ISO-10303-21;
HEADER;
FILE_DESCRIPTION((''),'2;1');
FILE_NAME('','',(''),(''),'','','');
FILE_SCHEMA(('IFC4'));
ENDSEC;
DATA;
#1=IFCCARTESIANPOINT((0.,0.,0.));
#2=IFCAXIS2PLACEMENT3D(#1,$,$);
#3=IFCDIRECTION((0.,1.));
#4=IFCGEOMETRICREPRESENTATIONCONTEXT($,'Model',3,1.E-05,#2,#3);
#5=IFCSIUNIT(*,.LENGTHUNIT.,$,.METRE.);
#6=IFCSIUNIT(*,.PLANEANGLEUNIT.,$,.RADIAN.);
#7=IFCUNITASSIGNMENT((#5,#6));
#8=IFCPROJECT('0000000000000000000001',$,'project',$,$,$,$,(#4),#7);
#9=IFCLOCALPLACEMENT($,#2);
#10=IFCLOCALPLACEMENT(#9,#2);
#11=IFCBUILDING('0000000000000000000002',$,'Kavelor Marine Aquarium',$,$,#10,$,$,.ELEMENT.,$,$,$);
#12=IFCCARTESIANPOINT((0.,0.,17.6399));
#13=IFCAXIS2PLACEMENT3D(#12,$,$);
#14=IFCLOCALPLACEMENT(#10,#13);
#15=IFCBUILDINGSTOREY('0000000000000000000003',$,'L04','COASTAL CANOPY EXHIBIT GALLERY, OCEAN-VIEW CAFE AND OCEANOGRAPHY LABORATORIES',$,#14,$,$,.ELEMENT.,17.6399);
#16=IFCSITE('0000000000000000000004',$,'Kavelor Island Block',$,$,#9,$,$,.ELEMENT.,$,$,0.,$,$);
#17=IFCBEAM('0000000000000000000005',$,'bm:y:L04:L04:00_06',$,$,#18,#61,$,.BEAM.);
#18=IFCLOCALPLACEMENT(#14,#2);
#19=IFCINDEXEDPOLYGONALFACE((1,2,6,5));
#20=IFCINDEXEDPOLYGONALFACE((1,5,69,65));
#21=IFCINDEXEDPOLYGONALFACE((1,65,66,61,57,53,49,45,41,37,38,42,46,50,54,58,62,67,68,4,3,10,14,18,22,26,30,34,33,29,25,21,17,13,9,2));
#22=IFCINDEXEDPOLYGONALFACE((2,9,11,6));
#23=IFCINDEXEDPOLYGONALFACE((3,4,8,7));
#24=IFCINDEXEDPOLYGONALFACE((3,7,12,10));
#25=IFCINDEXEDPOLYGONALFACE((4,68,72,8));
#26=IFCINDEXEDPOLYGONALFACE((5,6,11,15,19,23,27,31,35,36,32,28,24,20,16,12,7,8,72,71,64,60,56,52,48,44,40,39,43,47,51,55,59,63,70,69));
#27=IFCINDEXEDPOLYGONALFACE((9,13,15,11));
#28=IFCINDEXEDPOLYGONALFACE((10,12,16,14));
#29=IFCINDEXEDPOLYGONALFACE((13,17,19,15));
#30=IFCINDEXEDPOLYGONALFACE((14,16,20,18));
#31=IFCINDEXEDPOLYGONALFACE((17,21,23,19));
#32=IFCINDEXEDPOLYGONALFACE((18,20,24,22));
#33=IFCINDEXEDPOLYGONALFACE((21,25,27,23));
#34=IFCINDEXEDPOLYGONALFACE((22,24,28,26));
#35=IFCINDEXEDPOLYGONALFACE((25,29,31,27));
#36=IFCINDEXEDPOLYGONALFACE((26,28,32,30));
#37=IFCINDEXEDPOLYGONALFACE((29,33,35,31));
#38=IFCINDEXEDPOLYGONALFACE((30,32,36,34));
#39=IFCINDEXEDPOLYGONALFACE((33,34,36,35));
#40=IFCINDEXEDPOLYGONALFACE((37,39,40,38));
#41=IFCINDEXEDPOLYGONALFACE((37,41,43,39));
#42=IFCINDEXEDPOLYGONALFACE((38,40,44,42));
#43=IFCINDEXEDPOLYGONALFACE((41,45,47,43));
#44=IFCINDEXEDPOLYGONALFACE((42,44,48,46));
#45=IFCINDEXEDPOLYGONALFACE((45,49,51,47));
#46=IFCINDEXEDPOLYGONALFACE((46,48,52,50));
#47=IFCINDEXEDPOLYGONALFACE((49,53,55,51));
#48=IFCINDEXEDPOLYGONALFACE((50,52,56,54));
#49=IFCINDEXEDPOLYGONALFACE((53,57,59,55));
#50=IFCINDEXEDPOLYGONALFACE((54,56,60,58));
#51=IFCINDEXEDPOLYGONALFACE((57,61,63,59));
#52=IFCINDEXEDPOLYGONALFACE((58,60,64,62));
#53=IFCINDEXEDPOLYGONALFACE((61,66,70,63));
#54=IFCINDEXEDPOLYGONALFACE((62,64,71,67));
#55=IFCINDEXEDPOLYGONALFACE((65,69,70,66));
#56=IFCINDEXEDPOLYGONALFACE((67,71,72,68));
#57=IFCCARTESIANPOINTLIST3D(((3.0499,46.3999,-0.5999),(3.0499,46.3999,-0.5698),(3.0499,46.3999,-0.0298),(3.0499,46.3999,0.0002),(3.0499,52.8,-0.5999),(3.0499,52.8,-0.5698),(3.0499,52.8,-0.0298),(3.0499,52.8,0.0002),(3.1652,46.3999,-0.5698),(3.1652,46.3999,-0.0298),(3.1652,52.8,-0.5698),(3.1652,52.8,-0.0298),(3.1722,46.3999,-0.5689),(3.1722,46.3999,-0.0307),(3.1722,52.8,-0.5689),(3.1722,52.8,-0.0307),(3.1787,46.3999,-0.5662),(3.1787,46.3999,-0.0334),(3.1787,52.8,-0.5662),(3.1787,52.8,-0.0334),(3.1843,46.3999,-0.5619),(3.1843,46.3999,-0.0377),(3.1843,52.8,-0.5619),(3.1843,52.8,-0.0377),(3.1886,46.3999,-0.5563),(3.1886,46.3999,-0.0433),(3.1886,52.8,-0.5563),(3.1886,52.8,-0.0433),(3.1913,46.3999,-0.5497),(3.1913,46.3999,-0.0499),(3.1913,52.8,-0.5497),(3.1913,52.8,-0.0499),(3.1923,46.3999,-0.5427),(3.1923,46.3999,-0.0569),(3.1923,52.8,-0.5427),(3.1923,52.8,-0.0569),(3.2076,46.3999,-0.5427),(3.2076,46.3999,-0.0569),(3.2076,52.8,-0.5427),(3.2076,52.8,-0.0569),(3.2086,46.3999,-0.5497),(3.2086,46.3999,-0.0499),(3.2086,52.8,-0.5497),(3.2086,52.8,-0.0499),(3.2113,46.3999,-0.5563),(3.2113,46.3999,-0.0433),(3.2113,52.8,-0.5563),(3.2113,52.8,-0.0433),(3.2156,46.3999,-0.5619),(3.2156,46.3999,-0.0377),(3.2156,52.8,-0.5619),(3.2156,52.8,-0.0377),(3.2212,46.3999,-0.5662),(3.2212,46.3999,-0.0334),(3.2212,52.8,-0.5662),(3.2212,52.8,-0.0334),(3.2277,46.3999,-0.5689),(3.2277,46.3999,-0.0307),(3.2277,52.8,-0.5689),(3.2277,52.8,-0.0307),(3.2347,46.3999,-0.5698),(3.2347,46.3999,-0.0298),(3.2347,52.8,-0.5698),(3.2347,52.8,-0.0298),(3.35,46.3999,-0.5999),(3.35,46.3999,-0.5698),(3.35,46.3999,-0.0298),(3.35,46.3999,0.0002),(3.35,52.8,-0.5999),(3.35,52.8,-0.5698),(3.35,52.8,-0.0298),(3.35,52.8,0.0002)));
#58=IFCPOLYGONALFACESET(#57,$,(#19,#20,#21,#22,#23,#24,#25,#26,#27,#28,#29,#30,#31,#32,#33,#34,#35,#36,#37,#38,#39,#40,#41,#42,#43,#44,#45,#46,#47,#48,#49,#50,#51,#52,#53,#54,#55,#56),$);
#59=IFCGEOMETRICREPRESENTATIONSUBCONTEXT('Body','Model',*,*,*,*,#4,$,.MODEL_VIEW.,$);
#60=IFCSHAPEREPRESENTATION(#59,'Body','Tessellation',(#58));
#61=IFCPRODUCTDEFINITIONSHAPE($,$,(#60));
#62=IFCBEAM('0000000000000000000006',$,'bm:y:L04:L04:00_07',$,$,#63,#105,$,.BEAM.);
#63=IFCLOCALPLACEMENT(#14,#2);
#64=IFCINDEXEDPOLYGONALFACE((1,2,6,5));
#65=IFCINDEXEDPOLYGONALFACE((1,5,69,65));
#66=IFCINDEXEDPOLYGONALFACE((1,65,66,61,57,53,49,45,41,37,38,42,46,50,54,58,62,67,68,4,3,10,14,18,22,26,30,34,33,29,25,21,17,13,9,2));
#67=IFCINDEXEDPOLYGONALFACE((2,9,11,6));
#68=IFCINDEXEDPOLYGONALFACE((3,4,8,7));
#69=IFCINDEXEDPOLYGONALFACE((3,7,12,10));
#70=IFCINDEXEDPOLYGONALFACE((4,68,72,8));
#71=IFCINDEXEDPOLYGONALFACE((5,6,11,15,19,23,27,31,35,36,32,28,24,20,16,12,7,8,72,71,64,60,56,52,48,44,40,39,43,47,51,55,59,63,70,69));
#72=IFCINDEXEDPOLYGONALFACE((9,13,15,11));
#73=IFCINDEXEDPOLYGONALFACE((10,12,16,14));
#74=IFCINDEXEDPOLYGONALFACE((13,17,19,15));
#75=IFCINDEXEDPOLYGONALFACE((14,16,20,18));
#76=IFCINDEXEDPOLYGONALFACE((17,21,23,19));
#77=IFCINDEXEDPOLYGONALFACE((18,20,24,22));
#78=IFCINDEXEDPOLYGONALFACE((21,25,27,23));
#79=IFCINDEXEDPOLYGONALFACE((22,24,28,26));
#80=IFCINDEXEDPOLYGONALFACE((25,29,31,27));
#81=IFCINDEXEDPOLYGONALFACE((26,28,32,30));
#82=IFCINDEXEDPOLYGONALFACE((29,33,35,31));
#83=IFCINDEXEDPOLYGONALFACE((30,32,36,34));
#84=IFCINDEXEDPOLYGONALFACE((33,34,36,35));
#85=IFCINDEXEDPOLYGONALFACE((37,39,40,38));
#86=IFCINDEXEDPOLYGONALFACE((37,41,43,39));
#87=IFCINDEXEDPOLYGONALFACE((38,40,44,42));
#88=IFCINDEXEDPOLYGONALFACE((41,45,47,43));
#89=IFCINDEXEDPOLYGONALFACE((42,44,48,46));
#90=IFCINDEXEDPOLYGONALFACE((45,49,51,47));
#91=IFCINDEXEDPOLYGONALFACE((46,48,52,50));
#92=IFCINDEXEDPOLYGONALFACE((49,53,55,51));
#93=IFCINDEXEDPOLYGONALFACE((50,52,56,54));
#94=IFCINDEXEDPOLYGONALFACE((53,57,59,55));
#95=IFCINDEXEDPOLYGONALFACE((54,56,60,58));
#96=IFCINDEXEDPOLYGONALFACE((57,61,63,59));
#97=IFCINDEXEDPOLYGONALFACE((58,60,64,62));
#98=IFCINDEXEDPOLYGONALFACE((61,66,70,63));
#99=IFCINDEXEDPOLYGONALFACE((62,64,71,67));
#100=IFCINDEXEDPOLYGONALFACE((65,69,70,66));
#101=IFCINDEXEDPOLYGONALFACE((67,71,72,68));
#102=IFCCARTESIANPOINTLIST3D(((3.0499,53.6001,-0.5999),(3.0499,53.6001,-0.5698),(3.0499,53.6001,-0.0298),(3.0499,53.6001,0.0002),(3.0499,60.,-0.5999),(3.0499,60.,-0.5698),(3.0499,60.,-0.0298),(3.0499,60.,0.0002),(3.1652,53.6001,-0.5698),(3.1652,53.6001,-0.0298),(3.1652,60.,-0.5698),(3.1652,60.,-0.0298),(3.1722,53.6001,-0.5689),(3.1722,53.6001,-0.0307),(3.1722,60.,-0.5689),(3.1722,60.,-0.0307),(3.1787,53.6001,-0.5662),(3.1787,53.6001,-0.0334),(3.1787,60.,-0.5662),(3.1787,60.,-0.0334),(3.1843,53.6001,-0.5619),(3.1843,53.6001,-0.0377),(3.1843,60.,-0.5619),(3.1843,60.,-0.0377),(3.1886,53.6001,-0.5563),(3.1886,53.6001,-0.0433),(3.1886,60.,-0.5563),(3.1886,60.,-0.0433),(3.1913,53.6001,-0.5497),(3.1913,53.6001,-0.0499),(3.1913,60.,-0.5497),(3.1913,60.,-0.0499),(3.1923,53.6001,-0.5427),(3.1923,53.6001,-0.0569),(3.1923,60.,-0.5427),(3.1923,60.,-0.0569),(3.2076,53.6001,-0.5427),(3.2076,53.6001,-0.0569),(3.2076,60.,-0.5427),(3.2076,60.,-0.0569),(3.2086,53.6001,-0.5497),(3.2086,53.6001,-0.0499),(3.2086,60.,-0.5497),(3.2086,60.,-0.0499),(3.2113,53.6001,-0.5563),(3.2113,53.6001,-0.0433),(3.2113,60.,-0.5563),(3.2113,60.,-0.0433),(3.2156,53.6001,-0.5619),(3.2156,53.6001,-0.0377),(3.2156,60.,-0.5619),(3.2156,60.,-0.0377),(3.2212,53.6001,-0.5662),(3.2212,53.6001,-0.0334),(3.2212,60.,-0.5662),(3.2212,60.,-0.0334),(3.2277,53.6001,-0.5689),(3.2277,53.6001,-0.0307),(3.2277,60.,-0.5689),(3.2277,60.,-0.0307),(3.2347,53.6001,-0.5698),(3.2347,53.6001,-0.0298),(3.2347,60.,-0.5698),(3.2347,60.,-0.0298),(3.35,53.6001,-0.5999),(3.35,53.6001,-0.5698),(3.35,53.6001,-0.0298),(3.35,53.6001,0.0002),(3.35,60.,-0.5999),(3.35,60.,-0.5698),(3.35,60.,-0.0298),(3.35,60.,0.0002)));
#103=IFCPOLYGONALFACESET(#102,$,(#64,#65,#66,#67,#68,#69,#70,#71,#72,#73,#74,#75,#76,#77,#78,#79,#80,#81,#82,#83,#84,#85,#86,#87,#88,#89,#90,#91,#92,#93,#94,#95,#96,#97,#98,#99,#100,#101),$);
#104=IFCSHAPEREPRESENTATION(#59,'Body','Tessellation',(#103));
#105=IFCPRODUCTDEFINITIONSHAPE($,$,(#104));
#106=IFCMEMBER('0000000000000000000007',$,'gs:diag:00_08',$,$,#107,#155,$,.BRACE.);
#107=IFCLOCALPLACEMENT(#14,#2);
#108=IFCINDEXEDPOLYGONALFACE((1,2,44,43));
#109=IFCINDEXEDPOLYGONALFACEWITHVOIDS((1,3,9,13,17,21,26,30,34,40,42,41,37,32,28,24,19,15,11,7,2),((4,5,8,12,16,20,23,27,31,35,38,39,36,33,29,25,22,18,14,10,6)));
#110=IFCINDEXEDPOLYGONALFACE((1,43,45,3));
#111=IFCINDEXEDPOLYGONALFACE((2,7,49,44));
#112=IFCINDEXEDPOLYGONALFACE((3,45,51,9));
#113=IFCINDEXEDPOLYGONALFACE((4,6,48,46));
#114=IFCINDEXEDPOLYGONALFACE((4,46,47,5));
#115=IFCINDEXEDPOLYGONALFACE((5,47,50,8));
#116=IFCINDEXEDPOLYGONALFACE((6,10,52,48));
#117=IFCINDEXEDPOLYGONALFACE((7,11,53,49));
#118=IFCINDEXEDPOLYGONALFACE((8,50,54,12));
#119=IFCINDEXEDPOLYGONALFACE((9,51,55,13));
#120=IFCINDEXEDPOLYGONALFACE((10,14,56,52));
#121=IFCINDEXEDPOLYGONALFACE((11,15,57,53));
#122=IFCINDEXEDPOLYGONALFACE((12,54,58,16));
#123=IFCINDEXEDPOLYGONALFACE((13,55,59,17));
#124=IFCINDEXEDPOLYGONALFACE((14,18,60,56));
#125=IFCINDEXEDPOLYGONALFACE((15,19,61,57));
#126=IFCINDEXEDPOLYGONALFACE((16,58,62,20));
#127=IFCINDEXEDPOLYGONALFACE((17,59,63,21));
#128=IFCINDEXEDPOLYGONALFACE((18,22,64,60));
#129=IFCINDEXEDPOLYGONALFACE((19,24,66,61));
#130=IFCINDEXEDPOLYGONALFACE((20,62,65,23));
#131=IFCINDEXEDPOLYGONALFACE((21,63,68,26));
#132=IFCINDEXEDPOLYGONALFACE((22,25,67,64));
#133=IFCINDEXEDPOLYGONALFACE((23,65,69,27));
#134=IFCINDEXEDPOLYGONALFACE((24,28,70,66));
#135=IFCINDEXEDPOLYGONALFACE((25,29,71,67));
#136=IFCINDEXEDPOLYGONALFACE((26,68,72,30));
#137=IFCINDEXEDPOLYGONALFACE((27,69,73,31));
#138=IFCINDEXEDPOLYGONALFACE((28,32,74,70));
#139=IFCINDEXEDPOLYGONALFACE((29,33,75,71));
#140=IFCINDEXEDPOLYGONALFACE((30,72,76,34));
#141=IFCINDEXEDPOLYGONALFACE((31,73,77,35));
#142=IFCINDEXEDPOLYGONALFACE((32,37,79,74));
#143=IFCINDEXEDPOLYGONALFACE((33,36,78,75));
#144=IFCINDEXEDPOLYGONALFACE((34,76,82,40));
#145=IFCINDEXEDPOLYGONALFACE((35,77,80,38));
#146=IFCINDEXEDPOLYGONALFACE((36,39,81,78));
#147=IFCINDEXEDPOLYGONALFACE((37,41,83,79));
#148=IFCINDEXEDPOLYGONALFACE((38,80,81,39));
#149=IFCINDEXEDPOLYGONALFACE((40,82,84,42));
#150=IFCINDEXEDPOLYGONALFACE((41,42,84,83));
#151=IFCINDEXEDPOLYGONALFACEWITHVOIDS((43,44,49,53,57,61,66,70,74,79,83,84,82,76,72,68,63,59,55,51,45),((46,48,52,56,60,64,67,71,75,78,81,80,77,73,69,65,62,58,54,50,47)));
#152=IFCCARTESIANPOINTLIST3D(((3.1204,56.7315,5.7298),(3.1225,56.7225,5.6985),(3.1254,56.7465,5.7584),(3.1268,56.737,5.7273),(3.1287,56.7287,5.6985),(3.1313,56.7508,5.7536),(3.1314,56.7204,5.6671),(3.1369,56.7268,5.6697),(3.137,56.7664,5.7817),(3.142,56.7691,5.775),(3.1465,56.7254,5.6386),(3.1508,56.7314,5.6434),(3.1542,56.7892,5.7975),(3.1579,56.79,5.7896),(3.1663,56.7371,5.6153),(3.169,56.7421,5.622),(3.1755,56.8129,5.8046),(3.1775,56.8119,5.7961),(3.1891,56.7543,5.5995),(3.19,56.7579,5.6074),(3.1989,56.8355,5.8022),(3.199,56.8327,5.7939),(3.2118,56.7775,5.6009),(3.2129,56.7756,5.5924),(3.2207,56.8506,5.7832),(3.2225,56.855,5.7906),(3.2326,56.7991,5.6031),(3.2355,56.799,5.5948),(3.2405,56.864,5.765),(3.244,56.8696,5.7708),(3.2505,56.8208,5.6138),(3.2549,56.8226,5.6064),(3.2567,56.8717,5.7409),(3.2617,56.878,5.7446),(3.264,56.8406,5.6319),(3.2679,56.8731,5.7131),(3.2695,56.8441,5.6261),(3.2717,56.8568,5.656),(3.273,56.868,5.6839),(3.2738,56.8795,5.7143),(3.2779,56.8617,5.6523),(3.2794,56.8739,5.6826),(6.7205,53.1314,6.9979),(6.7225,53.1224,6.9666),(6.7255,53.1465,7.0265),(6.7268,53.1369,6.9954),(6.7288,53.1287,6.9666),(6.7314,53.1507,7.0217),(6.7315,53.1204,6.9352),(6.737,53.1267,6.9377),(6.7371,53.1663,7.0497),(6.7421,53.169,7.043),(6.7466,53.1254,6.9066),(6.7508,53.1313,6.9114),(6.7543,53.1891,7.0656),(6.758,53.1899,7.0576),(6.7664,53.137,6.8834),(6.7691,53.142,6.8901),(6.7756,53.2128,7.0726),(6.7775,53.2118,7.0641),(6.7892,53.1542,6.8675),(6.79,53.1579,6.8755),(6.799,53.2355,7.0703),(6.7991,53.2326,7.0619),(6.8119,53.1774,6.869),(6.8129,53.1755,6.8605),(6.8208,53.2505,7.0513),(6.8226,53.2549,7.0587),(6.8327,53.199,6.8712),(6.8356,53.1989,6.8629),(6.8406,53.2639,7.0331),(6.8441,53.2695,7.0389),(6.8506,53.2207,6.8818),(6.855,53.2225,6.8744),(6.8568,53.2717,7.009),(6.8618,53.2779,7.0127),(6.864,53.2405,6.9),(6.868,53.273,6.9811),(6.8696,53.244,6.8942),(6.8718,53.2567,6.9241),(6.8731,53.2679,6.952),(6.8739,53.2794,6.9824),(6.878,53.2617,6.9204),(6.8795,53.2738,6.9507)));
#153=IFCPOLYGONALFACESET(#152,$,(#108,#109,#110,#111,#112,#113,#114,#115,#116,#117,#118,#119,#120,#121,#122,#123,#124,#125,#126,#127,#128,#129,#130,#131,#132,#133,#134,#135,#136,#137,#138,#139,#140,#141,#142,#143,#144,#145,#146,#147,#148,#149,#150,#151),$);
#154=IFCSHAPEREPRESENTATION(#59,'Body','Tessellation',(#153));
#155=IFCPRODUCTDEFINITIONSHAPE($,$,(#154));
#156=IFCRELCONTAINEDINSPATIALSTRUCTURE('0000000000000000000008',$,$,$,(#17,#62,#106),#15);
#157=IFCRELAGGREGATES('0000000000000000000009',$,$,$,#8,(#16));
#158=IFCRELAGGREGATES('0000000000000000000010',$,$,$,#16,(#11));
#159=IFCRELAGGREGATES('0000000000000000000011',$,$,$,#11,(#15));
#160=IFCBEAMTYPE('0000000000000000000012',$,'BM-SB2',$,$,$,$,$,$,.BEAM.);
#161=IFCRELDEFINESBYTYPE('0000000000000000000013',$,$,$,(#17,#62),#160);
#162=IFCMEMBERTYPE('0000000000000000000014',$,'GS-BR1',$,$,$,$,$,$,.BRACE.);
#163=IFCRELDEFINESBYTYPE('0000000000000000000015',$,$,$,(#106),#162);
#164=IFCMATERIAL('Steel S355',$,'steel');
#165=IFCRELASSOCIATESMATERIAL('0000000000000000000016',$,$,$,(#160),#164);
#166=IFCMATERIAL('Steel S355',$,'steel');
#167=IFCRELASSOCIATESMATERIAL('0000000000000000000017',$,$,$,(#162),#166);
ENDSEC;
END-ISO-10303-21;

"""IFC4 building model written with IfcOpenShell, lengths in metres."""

from ifc_helpers import new_model, si_unit, direction, frame, origin, origin_2d, place, context, subcontext, project, spatial, hollow_circle, i_section, extrude, material, material_profile, profile_set, type_object, element, save


model = new_model("IFC4")

# Units and contexts
model_context = context("Model", 3, precision=1e-05, world=origin(), true_north=direction((0.0, 1.0)))
body_context = subcontext(model_context, "Body", "Model", "MODEL_VIEW")
ifc_project = project(units=[si_unit("LENGTHUNIT", "METRE"), si_unit("PLANEANGLEUNIT", "RADIAN")], contexts=[model_context])

# Site, building, storey
site_placement = place(None, origin())
site = spatial("IfcSite", under=ifc_project, at=site_placement, Name="Kavelor Island Block", CompositionType="ELEMENT", RefElevation=0.0)
building_placement = place(site_placement, origin())
building = spatial("IfcBuilding", under=site, at=building_placement, Name="Kavelor Marine Aquarium", CompositionType="ELEMENT")
storey_placement = place(building_placement, frame((0.0, 0.0, 17.6399)))
storey = spatial("IfcBuildingStorey", under=building, at=storey_placement, Name="L04", Description="COASTAL CANOPY EXHIBIT GALLERY, OCEAN-VIEW CAFE AND OCEANOGRAPHY LABORATORIES", CompositionType="ELEMENT", Elevation=17.6399)

# Beams
ifc_material_1 = material(Name="Steel S355", Category="steel")
ifc_material_profile_1 = material_profile(ifc_material_1, i_section(OverallWidth=0.3, OverallDepth=0.6001, WebThickness=0.0154, FlangeThickness=0.03, FilletRadius=0.0271, at=origin_2d()), Name="HEB 600")
ifc_profile_set_1 = profile_set([ifc_material_profile_1], Name="Steel S355")
beam_type = type_object("IfcBeamType", Name="BM-SB2", PredefinedType="BEAM", material=ifc_profile_set_1)
beam_1_placement = place(storey_placement, frame((3.2, 46.3999, -0.2998), z_axis=(0.0, 1.0, 0.0), x_axis=(-1.0, 0.0, 0.0)))
element("IfcBeam", 1, at=beam_1_placement, inside=storey, type_object=beam_type, Name="bm:y:L04:L04:00_06", PredefinedType="BEAM", context=body_context, shape_type="SweptSolid", body=[
    extrude(i_section(OverallWidth=0.3, OverallDepth=0.6001, WebThickness=0.0154, FlangeThickness=0.03, FilletRadius=0.0271, at=origin_2d()), origin(), (0.0, 0.0, 1.0), 6.4001),
])
beam_2_placement = place(storey_placement, frame((3.2, 53.6001, -0.2998), z_axis=(0.0, 1.0, 0.0), x_axis=(-1.0, 0.0, 0.0)))
element("IfcBeam", 2, at=beam_2_placement, inside=storey, type_object=beam_type, Name="bm:y:L04:L04:00_07", PredefinedType="BEAM", context=body_context, shape_type="SweptSolid", body=[
    extrude(i_section(OverallWidth=0.3, OverallDepth=0.6001, WebThickness=0.0154, FlangeThickness=0.03, FilletRadius=0.0271, at=origin_2d()), origin(), (0.0, 0.0, 1.0), 6.3999),
])

# Member
ifc_material_2 = material(Name="Steel S355", Category="steel")
ifc_material_profile_2 = material_profile(ifc_material_2, hollow_circle(Radius=0.1096, WallThickness=0.0088, at=origin_2d()), Name="CHS 219.1x8.8")
ifc_profile_set_2 = profile_set([ifc_material_profile_2], Name="Steel S355")
member_type_1 = type_object("IfcMemberType", Name="GS-BR1", PredefinedType="BRACE", material=ifc_profile_set_2)
member_1_placement = place(storey_placement, frame((6.8, 53.2, 6.9666), z_axis=(-0.686145, 0.686145, -0.241682), x_axis=(-0.707107, -0.707107, 0.0)))
element("IfcMember", 3, at=member_1_placement, inside=storey, type_object=member_type_1, Name="gs:diag:00_08", PredefinedType="BRACE", context=body_context, shape_type="SweptSolid", body=[
    extrude(hollow_circle(Radius=0.1096, WallThickness=0.0088, at=origin_2d()), origin(), (0.0, 0.0, 1.0), 5.2468),
])

save(model, "model.ifc")
